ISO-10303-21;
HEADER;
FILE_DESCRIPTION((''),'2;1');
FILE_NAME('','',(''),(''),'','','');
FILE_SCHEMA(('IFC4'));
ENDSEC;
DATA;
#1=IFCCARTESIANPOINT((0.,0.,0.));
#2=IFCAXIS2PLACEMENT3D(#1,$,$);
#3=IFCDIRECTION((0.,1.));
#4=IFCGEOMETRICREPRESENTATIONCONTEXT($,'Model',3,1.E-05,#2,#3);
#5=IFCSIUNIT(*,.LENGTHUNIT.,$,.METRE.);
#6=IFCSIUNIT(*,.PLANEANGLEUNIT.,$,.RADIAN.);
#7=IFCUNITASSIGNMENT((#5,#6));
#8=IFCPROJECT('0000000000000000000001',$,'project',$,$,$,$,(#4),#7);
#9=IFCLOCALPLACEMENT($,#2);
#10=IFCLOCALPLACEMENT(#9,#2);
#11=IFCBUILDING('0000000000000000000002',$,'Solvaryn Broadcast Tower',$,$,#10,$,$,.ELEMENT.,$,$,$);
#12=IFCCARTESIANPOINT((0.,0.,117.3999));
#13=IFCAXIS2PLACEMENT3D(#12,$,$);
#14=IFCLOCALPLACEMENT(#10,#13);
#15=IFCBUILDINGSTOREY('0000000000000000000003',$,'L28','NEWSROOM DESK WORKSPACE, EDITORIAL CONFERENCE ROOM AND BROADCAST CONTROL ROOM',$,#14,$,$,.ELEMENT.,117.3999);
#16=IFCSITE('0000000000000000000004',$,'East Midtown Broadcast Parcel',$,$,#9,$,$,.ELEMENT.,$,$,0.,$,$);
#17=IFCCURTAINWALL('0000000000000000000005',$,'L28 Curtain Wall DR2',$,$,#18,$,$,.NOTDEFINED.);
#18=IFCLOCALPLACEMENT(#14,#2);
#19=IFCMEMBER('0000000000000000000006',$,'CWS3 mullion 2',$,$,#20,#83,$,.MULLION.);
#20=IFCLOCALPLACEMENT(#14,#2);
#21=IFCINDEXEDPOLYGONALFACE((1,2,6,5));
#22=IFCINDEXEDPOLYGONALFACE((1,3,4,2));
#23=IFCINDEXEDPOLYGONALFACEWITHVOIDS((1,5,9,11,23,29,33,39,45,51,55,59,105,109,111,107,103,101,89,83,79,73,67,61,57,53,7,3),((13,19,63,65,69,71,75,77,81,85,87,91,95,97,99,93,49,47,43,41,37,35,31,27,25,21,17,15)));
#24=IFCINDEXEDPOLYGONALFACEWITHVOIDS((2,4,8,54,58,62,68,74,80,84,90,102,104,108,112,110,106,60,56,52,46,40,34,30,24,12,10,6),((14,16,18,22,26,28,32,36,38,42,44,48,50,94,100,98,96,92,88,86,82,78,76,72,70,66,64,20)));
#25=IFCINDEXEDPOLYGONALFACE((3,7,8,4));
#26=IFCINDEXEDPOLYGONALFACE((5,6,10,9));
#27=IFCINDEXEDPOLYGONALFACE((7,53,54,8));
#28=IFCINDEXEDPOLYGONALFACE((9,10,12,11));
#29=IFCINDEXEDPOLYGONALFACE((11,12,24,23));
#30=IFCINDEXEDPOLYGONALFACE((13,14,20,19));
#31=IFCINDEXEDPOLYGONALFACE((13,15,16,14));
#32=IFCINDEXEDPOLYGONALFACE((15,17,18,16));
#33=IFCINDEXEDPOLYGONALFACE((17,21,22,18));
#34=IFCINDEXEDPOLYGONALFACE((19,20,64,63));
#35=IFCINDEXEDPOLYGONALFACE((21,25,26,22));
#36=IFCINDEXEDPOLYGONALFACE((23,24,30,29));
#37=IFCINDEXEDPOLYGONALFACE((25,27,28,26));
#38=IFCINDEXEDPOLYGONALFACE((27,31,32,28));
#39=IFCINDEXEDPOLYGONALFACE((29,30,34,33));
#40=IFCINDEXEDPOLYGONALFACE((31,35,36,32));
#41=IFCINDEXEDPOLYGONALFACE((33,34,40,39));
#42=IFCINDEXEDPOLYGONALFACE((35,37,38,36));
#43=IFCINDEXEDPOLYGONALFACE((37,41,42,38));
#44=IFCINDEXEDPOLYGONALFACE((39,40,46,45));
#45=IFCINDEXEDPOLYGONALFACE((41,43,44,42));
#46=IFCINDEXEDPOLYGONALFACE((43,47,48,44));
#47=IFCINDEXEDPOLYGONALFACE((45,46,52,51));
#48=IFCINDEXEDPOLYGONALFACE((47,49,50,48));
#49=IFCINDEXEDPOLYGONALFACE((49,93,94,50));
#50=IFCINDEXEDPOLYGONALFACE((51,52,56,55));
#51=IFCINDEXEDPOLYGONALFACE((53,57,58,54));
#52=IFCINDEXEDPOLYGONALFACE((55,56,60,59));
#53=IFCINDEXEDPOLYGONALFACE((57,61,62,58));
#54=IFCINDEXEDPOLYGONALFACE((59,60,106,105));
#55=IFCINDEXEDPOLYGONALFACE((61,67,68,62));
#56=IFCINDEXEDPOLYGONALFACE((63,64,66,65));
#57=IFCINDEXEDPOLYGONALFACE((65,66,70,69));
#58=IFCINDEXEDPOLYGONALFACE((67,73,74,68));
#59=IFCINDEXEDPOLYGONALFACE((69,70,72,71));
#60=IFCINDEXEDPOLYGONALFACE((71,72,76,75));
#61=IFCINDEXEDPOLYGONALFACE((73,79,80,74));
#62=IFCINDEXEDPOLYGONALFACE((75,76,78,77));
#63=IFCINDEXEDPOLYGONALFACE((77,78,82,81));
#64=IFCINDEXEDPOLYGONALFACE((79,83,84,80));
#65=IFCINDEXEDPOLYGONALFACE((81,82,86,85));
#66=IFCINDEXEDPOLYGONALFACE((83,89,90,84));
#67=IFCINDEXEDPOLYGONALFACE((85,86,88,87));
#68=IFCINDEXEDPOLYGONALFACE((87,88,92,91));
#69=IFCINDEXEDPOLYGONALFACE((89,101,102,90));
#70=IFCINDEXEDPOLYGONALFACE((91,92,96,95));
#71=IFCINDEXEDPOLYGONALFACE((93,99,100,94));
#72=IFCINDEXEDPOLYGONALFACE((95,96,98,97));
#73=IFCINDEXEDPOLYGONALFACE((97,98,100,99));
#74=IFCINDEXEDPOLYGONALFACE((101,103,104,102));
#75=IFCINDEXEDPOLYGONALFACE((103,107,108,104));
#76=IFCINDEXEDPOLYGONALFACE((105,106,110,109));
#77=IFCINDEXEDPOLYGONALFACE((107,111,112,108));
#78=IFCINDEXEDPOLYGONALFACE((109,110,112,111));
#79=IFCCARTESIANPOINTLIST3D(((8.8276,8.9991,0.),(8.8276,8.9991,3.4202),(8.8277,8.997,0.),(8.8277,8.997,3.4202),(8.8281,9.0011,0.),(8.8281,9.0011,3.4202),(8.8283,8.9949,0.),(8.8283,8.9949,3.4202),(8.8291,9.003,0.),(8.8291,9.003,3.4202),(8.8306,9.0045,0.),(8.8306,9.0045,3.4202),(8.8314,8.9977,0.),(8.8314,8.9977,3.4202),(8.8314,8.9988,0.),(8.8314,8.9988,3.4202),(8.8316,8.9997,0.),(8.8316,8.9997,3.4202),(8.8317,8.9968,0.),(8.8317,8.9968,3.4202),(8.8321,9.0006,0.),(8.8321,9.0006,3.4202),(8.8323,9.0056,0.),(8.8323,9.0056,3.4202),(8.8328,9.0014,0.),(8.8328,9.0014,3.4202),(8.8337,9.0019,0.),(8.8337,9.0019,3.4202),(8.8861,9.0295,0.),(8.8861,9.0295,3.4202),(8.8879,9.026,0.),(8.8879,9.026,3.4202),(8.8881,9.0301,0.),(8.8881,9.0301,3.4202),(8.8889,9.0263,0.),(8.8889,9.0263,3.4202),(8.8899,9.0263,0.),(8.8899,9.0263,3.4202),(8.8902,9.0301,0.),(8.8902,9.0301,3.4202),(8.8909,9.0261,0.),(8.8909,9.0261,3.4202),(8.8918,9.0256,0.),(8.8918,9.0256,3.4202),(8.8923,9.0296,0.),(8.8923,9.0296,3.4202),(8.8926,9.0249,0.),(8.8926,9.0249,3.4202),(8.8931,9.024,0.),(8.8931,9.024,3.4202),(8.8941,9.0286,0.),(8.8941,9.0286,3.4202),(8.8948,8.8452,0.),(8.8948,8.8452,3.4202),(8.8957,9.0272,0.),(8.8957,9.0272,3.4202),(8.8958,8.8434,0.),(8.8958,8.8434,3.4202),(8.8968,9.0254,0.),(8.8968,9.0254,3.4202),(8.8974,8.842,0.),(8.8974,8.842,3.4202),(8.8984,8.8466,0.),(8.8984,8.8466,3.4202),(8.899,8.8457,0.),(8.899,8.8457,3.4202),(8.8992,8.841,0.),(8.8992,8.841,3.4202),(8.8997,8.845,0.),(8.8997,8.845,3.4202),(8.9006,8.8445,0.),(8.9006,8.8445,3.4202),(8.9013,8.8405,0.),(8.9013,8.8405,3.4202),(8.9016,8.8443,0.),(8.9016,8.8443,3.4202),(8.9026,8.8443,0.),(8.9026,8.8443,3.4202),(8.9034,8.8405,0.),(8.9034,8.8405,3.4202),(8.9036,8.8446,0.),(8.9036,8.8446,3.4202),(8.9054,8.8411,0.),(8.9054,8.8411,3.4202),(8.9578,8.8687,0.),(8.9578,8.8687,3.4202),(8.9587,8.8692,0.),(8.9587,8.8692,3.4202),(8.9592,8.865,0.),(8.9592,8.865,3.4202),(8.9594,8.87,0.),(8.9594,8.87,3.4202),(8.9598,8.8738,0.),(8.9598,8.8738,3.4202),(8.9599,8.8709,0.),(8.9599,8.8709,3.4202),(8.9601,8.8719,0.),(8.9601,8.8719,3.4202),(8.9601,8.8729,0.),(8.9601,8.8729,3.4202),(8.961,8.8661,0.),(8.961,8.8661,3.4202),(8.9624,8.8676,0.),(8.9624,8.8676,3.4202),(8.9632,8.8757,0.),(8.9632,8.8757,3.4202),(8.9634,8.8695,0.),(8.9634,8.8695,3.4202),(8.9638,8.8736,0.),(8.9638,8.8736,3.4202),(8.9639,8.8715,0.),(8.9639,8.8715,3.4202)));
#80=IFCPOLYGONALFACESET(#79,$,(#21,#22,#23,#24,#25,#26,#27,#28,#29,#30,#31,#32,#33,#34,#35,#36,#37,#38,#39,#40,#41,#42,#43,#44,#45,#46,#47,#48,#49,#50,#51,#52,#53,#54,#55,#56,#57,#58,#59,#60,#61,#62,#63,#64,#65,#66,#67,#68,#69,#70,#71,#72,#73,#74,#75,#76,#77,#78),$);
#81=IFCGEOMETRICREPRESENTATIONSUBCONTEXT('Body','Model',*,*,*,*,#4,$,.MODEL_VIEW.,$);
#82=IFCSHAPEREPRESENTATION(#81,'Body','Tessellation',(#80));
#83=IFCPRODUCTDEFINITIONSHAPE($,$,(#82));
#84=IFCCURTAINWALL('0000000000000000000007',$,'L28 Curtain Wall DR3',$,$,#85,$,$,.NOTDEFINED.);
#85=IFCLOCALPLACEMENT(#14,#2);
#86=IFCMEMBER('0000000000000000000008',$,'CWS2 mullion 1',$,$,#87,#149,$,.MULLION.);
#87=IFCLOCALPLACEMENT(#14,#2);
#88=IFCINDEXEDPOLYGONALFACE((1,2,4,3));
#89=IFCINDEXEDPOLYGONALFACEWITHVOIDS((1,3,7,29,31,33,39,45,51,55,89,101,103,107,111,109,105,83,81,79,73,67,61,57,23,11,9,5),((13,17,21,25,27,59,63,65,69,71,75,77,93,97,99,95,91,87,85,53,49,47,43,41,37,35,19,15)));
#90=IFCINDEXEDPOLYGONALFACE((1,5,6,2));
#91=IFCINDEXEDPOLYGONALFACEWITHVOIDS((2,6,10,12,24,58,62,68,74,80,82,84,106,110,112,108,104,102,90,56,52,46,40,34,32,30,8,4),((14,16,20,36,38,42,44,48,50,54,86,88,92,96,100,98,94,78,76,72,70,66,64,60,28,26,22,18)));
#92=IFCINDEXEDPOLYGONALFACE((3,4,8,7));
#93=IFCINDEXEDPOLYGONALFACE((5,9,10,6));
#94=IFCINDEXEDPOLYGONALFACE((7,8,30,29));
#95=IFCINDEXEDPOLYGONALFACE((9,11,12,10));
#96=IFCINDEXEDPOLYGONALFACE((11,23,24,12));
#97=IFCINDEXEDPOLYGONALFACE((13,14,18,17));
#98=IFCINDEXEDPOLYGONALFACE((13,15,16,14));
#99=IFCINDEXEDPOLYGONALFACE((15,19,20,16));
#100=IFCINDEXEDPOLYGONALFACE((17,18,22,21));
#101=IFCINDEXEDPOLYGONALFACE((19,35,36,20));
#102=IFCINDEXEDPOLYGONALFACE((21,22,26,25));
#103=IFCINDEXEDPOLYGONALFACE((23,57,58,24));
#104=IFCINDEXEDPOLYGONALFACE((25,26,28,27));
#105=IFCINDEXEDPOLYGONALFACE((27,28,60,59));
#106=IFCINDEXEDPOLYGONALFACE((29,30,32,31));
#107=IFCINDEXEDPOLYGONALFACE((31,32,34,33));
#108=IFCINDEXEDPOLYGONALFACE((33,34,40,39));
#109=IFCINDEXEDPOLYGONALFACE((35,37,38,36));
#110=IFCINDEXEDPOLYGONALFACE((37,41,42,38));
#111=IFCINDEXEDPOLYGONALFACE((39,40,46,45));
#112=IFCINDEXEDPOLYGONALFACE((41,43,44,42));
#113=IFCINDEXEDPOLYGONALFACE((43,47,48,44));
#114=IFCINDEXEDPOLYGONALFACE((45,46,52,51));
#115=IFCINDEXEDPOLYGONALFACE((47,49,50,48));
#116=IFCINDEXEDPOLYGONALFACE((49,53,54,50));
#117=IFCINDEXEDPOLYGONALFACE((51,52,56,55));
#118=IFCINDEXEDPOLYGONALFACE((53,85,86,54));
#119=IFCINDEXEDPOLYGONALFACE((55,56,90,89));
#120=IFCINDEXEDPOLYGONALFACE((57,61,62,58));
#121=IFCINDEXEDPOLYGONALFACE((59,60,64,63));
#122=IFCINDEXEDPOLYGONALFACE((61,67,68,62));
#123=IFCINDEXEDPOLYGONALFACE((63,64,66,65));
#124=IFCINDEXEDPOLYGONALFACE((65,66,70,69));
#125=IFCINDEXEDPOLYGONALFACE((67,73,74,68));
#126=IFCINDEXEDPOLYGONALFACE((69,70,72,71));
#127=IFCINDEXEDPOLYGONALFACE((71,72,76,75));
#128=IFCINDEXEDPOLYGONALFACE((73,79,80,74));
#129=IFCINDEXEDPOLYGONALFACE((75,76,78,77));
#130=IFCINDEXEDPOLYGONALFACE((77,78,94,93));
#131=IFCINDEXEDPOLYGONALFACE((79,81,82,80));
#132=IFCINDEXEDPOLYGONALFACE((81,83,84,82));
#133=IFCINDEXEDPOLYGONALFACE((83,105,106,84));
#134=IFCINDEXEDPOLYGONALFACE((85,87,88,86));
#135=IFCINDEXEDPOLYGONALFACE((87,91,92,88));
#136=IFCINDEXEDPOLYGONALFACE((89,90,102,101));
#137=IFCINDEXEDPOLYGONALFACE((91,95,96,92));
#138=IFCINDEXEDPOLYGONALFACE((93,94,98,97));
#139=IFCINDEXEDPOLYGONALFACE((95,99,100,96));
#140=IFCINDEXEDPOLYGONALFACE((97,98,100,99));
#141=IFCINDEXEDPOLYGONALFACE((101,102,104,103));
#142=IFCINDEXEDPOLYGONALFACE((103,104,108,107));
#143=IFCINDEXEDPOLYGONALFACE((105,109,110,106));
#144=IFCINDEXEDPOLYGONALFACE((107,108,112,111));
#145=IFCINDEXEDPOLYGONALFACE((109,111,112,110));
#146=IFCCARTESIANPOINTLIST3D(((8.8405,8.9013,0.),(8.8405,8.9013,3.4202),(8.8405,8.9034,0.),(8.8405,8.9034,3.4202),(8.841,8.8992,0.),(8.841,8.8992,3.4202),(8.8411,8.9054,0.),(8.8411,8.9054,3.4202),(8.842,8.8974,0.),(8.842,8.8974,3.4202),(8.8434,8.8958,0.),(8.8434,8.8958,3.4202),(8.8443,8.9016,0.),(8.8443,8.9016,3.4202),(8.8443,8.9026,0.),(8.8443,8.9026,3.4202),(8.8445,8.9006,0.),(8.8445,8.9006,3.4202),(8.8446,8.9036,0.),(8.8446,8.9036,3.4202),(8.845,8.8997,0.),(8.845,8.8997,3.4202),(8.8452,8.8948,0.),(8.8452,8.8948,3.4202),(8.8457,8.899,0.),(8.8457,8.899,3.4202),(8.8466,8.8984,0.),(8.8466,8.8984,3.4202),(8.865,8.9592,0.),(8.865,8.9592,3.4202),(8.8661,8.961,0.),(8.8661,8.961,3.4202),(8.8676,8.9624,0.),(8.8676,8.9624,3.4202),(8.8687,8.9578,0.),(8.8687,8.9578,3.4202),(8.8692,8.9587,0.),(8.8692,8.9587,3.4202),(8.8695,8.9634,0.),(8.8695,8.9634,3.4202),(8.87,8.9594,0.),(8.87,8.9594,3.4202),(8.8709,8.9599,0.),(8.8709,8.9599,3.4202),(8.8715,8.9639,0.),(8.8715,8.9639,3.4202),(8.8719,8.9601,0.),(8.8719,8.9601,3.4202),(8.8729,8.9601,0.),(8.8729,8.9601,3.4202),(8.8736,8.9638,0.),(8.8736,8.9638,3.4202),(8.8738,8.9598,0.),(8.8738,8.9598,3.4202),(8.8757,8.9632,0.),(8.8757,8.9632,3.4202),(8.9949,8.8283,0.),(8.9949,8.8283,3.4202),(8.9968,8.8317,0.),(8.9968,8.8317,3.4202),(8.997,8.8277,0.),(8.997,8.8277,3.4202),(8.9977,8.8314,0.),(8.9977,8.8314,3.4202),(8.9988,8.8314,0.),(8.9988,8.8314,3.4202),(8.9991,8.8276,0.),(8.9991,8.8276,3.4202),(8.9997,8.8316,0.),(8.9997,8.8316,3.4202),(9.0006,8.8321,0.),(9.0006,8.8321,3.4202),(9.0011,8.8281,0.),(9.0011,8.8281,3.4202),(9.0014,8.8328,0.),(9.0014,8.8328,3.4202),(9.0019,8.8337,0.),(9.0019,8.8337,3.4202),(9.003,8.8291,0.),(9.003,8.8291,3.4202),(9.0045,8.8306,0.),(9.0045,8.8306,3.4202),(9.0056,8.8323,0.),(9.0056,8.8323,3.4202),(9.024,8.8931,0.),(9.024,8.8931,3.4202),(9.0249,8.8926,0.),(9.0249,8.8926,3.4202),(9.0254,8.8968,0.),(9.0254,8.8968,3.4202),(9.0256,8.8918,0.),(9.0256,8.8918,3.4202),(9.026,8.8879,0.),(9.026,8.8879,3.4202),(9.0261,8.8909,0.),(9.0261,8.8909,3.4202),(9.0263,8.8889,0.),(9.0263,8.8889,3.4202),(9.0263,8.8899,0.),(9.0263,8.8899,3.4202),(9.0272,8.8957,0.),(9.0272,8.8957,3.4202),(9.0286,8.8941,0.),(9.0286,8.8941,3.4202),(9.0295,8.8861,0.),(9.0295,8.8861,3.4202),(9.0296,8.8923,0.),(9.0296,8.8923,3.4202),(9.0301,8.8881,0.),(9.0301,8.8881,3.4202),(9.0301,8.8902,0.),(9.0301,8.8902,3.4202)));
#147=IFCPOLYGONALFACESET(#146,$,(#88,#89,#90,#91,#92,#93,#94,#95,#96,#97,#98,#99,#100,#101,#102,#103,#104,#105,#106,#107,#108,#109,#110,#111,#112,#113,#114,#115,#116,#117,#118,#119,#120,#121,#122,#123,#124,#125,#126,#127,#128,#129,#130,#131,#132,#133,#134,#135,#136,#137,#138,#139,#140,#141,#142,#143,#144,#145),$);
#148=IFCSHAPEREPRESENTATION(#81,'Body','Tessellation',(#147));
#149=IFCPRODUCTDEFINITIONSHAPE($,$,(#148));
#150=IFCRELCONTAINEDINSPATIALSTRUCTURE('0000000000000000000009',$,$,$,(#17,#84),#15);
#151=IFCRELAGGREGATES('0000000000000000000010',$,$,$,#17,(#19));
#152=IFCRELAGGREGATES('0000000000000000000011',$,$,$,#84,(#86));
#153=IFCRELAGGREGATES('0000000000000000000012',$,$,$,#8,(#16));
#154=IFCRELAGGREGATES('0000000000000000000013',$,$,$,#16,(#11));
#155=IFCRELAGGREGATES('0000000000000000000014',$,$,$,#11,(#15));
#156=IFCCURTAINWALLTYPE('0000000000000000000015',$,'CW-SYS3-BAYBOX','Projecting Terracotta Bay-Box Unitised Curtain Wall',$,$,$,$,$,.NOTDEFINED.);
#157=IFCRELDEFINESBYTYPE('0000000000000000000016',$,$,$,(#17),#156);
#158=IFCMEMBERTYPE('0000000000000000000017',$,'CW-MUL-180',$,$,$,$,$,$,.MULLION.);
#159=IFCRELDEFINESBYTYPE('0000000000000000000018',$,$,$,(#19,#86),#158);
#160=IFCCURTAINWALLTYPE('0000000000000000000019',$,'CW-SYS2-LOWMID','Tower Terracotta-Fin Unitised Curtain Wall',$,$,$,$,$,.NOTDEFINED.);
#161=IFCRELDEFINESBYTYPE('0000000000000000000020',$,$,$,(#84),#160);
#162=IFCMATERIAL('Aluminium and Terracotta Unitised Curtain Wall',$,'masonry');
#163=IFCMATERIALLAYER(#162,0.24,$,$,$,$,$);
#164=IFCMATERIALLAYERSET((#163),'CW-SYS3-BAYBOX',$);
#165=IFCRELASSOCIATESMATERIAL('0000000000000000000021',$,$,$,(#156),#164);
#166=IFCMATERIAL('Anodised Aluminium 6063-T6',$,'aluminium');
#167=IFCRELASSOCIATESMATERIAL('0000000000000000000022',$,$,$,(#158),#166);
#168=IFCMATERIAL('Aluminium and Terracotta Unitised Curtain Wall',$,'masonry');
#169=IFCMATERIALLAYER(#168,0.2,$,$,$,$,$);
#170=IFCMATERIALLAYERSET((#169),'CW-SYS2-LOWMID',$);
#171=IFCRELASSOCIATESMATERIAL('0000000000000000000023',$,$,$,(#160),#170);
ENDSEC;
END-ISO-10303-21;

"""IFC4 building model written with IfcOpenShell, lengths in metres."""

from ifc_helpers import new_model, si_unit, direction, frame, origin, origin_2d, place, context, subcontext, project, spatial, hollow_rectangle, extrude, material, layer, layer_set, material_profile, profile_set, type_object, element, aggregate, save


model = new_model("IFC4")

# Units and contexts
model_context = context("Model", 3, precision=1e-05, world=origin(), true_north=direction((0.0, 1.0)))
body_context = subcontext(model_context, "Body", "Model", "MODEL_VIEW")
ifc_project = project(units=[si_unit("LENGTHUNIT", "METRE"), si_unit("PLANEANGLEUNIT", "RADIAN")], contexts=[model_context])

# Site, building, storey
site_placement = place(None, origin())
site = spatial("IfcSite", under=ifc_project, at=site_placement, Name="East Midtown Broadcast Parcel", CompositionType="ELEMENT", RefElevation=0.0)
building_placement = place(site_placement, origin())
building = spatial("IfcBuilding", under=site, at=building_placement, Name="Solvaryn Broadcast Tower", CompositionType="ELEMENT")
storey_placement = place(building_placement, frame((0.0, 0.0, 117.3999)))
storey = spatial("IfcBuildingStorey", under=building, at=storey_placement, Name="L28", Description="NEWSROOM DESK WORKSPACE, EDITORIAL CONFERENCE ROOM AND BROADCAST CONTROL ROOM", CompositionType="ELEMENT", Elevation=117.3999)

# Curtain wall, member
ifc_material_1 = material(Name="Aluminium and Terracotta Unitised Curtain Wall", Category="masonry")
ifc_layer_1 = layer(ifc_material_1, 0.24)
ifc_layer_set_1 = layer_set([ifc_layer_1], Name="CW-SYS3-BAYBOX")
curtain_wall_type_1 = type_object("IfcCurtainWallType", Name="CW-SYS3-BAYBOX", Description="Projecting Terracotta Bay-Box Unitised Curtain Wall", PredefinedType="NOTDEFINED", material=ifc_layer_set_1)
curtain_wall_1_placement = place(storey_placement, origin())
curtain_wall_1 = element("IfcCurtainWall", 1, at=curtain_wall_1_placement, inside=storey, type_object=curtain_wall_type_1, Name="L28 Curtain Wall DR2", PredefinedType="NOTDEFINED")
ifc_material_2 = material(Name="Anodised Aluminium 6063-T6", Category="aluminium")
ifc_material_profile_1 = material_profile(ifc_material_2, hollow_rectangle(XDim=0.075, YDim=0.1799, WallThickness=0.0039, InnerFilletRadius=0.0039, OuterFilletRadius=0.0081, at=origin_2d()))
ifc_profile_set_1 = profile_set([ifc_material_profile_1], Name="Anodised Aluminium 6063-T6")
member_type_1 = type_object("IfcMemberType", Name="CW-MUL-180", PredefinedType="MULLION", material=ifc_profile_set_1)
member_1_placement = place(storey_placement, frame((8.8958, 8.9353, 0.0), z_axis=(0.0, 0.0, 1.0), x_axis=(0.913909, 0.405918, 0.0)))
member_1 = element("IfcMember", 2, at=member_1_placement, type_object=member_type_1, Name="CWS3 mullion 2", PredefinedType="MULLION", context=body_context, shape_type="SweptSolid", body=[
    extrude(hollow_rectangle(XDim=0.075, YDim=0.1799, WallThickness=0.0039, InnerFilletRadius=0.0039, OuterFilletRadius=0.0081, at=origin_2d()), origin(), (0.0, 0.0, 1.0), 3.4202),
])
aggregate(curtain_wall_1, [member_1])

# Curtain wall, member
ifc_material_3 = material(Name="Aluminium and Terracotta Unitised Curtain Wall", Category="masonry")
ifc_layer_2 = layer(ifc_material_3, 0.2)
ifc_layer_set_2 = layer_set([ifc_layer_2], Name="CW-SYS2-LOWMID")
curtain_wall_type_2 = type_object("IfcCurtainWallType", Name="CW-SYS2-LOWMID", Description="Tower Terracotta-Fin Unitised Curtain Wall", PredefinedType="NOTDEFINED", material=ifc_layer_set_2)
curtain_wall_2_placement = place(storey_placement, origin())
curtain_wall_2 = element("IfcCurtainWall", 3, at=curtain_wall_2_placement, inside=storey, type_object=curtain_wall_type_2, Name="L28 Curtain Wall DR3", PredefinedType="NOTDEFINED")
member_2_placement = place(storey_placement, frame((8.9353, 8.8958, 0.0), z_axis=(0.0, 0.0, 1.0), x_axis=(0.405918, 0.913909, 0.0)))
member_2 = element("IfcMember", 4, at=member_2_placement, type_object=member_type_1, Name="CWS2 mullion 1", PredefinedType="MULLION", context=body_context, shape_type="SweptSolid", body=[
    extrude(hollow_rectangle(XDim=0.075, YDim=0.1799, WallThickness=0.0039, InnerFilletRadius=0.0039, OuterFilletRadius=0.0081, at=origin_2d()), origin(), (0.0, 0.0, 1.0), 3.4202),
])
aggregate(curtain_wall_2, [member_2])

save(model, "model.ifc")
